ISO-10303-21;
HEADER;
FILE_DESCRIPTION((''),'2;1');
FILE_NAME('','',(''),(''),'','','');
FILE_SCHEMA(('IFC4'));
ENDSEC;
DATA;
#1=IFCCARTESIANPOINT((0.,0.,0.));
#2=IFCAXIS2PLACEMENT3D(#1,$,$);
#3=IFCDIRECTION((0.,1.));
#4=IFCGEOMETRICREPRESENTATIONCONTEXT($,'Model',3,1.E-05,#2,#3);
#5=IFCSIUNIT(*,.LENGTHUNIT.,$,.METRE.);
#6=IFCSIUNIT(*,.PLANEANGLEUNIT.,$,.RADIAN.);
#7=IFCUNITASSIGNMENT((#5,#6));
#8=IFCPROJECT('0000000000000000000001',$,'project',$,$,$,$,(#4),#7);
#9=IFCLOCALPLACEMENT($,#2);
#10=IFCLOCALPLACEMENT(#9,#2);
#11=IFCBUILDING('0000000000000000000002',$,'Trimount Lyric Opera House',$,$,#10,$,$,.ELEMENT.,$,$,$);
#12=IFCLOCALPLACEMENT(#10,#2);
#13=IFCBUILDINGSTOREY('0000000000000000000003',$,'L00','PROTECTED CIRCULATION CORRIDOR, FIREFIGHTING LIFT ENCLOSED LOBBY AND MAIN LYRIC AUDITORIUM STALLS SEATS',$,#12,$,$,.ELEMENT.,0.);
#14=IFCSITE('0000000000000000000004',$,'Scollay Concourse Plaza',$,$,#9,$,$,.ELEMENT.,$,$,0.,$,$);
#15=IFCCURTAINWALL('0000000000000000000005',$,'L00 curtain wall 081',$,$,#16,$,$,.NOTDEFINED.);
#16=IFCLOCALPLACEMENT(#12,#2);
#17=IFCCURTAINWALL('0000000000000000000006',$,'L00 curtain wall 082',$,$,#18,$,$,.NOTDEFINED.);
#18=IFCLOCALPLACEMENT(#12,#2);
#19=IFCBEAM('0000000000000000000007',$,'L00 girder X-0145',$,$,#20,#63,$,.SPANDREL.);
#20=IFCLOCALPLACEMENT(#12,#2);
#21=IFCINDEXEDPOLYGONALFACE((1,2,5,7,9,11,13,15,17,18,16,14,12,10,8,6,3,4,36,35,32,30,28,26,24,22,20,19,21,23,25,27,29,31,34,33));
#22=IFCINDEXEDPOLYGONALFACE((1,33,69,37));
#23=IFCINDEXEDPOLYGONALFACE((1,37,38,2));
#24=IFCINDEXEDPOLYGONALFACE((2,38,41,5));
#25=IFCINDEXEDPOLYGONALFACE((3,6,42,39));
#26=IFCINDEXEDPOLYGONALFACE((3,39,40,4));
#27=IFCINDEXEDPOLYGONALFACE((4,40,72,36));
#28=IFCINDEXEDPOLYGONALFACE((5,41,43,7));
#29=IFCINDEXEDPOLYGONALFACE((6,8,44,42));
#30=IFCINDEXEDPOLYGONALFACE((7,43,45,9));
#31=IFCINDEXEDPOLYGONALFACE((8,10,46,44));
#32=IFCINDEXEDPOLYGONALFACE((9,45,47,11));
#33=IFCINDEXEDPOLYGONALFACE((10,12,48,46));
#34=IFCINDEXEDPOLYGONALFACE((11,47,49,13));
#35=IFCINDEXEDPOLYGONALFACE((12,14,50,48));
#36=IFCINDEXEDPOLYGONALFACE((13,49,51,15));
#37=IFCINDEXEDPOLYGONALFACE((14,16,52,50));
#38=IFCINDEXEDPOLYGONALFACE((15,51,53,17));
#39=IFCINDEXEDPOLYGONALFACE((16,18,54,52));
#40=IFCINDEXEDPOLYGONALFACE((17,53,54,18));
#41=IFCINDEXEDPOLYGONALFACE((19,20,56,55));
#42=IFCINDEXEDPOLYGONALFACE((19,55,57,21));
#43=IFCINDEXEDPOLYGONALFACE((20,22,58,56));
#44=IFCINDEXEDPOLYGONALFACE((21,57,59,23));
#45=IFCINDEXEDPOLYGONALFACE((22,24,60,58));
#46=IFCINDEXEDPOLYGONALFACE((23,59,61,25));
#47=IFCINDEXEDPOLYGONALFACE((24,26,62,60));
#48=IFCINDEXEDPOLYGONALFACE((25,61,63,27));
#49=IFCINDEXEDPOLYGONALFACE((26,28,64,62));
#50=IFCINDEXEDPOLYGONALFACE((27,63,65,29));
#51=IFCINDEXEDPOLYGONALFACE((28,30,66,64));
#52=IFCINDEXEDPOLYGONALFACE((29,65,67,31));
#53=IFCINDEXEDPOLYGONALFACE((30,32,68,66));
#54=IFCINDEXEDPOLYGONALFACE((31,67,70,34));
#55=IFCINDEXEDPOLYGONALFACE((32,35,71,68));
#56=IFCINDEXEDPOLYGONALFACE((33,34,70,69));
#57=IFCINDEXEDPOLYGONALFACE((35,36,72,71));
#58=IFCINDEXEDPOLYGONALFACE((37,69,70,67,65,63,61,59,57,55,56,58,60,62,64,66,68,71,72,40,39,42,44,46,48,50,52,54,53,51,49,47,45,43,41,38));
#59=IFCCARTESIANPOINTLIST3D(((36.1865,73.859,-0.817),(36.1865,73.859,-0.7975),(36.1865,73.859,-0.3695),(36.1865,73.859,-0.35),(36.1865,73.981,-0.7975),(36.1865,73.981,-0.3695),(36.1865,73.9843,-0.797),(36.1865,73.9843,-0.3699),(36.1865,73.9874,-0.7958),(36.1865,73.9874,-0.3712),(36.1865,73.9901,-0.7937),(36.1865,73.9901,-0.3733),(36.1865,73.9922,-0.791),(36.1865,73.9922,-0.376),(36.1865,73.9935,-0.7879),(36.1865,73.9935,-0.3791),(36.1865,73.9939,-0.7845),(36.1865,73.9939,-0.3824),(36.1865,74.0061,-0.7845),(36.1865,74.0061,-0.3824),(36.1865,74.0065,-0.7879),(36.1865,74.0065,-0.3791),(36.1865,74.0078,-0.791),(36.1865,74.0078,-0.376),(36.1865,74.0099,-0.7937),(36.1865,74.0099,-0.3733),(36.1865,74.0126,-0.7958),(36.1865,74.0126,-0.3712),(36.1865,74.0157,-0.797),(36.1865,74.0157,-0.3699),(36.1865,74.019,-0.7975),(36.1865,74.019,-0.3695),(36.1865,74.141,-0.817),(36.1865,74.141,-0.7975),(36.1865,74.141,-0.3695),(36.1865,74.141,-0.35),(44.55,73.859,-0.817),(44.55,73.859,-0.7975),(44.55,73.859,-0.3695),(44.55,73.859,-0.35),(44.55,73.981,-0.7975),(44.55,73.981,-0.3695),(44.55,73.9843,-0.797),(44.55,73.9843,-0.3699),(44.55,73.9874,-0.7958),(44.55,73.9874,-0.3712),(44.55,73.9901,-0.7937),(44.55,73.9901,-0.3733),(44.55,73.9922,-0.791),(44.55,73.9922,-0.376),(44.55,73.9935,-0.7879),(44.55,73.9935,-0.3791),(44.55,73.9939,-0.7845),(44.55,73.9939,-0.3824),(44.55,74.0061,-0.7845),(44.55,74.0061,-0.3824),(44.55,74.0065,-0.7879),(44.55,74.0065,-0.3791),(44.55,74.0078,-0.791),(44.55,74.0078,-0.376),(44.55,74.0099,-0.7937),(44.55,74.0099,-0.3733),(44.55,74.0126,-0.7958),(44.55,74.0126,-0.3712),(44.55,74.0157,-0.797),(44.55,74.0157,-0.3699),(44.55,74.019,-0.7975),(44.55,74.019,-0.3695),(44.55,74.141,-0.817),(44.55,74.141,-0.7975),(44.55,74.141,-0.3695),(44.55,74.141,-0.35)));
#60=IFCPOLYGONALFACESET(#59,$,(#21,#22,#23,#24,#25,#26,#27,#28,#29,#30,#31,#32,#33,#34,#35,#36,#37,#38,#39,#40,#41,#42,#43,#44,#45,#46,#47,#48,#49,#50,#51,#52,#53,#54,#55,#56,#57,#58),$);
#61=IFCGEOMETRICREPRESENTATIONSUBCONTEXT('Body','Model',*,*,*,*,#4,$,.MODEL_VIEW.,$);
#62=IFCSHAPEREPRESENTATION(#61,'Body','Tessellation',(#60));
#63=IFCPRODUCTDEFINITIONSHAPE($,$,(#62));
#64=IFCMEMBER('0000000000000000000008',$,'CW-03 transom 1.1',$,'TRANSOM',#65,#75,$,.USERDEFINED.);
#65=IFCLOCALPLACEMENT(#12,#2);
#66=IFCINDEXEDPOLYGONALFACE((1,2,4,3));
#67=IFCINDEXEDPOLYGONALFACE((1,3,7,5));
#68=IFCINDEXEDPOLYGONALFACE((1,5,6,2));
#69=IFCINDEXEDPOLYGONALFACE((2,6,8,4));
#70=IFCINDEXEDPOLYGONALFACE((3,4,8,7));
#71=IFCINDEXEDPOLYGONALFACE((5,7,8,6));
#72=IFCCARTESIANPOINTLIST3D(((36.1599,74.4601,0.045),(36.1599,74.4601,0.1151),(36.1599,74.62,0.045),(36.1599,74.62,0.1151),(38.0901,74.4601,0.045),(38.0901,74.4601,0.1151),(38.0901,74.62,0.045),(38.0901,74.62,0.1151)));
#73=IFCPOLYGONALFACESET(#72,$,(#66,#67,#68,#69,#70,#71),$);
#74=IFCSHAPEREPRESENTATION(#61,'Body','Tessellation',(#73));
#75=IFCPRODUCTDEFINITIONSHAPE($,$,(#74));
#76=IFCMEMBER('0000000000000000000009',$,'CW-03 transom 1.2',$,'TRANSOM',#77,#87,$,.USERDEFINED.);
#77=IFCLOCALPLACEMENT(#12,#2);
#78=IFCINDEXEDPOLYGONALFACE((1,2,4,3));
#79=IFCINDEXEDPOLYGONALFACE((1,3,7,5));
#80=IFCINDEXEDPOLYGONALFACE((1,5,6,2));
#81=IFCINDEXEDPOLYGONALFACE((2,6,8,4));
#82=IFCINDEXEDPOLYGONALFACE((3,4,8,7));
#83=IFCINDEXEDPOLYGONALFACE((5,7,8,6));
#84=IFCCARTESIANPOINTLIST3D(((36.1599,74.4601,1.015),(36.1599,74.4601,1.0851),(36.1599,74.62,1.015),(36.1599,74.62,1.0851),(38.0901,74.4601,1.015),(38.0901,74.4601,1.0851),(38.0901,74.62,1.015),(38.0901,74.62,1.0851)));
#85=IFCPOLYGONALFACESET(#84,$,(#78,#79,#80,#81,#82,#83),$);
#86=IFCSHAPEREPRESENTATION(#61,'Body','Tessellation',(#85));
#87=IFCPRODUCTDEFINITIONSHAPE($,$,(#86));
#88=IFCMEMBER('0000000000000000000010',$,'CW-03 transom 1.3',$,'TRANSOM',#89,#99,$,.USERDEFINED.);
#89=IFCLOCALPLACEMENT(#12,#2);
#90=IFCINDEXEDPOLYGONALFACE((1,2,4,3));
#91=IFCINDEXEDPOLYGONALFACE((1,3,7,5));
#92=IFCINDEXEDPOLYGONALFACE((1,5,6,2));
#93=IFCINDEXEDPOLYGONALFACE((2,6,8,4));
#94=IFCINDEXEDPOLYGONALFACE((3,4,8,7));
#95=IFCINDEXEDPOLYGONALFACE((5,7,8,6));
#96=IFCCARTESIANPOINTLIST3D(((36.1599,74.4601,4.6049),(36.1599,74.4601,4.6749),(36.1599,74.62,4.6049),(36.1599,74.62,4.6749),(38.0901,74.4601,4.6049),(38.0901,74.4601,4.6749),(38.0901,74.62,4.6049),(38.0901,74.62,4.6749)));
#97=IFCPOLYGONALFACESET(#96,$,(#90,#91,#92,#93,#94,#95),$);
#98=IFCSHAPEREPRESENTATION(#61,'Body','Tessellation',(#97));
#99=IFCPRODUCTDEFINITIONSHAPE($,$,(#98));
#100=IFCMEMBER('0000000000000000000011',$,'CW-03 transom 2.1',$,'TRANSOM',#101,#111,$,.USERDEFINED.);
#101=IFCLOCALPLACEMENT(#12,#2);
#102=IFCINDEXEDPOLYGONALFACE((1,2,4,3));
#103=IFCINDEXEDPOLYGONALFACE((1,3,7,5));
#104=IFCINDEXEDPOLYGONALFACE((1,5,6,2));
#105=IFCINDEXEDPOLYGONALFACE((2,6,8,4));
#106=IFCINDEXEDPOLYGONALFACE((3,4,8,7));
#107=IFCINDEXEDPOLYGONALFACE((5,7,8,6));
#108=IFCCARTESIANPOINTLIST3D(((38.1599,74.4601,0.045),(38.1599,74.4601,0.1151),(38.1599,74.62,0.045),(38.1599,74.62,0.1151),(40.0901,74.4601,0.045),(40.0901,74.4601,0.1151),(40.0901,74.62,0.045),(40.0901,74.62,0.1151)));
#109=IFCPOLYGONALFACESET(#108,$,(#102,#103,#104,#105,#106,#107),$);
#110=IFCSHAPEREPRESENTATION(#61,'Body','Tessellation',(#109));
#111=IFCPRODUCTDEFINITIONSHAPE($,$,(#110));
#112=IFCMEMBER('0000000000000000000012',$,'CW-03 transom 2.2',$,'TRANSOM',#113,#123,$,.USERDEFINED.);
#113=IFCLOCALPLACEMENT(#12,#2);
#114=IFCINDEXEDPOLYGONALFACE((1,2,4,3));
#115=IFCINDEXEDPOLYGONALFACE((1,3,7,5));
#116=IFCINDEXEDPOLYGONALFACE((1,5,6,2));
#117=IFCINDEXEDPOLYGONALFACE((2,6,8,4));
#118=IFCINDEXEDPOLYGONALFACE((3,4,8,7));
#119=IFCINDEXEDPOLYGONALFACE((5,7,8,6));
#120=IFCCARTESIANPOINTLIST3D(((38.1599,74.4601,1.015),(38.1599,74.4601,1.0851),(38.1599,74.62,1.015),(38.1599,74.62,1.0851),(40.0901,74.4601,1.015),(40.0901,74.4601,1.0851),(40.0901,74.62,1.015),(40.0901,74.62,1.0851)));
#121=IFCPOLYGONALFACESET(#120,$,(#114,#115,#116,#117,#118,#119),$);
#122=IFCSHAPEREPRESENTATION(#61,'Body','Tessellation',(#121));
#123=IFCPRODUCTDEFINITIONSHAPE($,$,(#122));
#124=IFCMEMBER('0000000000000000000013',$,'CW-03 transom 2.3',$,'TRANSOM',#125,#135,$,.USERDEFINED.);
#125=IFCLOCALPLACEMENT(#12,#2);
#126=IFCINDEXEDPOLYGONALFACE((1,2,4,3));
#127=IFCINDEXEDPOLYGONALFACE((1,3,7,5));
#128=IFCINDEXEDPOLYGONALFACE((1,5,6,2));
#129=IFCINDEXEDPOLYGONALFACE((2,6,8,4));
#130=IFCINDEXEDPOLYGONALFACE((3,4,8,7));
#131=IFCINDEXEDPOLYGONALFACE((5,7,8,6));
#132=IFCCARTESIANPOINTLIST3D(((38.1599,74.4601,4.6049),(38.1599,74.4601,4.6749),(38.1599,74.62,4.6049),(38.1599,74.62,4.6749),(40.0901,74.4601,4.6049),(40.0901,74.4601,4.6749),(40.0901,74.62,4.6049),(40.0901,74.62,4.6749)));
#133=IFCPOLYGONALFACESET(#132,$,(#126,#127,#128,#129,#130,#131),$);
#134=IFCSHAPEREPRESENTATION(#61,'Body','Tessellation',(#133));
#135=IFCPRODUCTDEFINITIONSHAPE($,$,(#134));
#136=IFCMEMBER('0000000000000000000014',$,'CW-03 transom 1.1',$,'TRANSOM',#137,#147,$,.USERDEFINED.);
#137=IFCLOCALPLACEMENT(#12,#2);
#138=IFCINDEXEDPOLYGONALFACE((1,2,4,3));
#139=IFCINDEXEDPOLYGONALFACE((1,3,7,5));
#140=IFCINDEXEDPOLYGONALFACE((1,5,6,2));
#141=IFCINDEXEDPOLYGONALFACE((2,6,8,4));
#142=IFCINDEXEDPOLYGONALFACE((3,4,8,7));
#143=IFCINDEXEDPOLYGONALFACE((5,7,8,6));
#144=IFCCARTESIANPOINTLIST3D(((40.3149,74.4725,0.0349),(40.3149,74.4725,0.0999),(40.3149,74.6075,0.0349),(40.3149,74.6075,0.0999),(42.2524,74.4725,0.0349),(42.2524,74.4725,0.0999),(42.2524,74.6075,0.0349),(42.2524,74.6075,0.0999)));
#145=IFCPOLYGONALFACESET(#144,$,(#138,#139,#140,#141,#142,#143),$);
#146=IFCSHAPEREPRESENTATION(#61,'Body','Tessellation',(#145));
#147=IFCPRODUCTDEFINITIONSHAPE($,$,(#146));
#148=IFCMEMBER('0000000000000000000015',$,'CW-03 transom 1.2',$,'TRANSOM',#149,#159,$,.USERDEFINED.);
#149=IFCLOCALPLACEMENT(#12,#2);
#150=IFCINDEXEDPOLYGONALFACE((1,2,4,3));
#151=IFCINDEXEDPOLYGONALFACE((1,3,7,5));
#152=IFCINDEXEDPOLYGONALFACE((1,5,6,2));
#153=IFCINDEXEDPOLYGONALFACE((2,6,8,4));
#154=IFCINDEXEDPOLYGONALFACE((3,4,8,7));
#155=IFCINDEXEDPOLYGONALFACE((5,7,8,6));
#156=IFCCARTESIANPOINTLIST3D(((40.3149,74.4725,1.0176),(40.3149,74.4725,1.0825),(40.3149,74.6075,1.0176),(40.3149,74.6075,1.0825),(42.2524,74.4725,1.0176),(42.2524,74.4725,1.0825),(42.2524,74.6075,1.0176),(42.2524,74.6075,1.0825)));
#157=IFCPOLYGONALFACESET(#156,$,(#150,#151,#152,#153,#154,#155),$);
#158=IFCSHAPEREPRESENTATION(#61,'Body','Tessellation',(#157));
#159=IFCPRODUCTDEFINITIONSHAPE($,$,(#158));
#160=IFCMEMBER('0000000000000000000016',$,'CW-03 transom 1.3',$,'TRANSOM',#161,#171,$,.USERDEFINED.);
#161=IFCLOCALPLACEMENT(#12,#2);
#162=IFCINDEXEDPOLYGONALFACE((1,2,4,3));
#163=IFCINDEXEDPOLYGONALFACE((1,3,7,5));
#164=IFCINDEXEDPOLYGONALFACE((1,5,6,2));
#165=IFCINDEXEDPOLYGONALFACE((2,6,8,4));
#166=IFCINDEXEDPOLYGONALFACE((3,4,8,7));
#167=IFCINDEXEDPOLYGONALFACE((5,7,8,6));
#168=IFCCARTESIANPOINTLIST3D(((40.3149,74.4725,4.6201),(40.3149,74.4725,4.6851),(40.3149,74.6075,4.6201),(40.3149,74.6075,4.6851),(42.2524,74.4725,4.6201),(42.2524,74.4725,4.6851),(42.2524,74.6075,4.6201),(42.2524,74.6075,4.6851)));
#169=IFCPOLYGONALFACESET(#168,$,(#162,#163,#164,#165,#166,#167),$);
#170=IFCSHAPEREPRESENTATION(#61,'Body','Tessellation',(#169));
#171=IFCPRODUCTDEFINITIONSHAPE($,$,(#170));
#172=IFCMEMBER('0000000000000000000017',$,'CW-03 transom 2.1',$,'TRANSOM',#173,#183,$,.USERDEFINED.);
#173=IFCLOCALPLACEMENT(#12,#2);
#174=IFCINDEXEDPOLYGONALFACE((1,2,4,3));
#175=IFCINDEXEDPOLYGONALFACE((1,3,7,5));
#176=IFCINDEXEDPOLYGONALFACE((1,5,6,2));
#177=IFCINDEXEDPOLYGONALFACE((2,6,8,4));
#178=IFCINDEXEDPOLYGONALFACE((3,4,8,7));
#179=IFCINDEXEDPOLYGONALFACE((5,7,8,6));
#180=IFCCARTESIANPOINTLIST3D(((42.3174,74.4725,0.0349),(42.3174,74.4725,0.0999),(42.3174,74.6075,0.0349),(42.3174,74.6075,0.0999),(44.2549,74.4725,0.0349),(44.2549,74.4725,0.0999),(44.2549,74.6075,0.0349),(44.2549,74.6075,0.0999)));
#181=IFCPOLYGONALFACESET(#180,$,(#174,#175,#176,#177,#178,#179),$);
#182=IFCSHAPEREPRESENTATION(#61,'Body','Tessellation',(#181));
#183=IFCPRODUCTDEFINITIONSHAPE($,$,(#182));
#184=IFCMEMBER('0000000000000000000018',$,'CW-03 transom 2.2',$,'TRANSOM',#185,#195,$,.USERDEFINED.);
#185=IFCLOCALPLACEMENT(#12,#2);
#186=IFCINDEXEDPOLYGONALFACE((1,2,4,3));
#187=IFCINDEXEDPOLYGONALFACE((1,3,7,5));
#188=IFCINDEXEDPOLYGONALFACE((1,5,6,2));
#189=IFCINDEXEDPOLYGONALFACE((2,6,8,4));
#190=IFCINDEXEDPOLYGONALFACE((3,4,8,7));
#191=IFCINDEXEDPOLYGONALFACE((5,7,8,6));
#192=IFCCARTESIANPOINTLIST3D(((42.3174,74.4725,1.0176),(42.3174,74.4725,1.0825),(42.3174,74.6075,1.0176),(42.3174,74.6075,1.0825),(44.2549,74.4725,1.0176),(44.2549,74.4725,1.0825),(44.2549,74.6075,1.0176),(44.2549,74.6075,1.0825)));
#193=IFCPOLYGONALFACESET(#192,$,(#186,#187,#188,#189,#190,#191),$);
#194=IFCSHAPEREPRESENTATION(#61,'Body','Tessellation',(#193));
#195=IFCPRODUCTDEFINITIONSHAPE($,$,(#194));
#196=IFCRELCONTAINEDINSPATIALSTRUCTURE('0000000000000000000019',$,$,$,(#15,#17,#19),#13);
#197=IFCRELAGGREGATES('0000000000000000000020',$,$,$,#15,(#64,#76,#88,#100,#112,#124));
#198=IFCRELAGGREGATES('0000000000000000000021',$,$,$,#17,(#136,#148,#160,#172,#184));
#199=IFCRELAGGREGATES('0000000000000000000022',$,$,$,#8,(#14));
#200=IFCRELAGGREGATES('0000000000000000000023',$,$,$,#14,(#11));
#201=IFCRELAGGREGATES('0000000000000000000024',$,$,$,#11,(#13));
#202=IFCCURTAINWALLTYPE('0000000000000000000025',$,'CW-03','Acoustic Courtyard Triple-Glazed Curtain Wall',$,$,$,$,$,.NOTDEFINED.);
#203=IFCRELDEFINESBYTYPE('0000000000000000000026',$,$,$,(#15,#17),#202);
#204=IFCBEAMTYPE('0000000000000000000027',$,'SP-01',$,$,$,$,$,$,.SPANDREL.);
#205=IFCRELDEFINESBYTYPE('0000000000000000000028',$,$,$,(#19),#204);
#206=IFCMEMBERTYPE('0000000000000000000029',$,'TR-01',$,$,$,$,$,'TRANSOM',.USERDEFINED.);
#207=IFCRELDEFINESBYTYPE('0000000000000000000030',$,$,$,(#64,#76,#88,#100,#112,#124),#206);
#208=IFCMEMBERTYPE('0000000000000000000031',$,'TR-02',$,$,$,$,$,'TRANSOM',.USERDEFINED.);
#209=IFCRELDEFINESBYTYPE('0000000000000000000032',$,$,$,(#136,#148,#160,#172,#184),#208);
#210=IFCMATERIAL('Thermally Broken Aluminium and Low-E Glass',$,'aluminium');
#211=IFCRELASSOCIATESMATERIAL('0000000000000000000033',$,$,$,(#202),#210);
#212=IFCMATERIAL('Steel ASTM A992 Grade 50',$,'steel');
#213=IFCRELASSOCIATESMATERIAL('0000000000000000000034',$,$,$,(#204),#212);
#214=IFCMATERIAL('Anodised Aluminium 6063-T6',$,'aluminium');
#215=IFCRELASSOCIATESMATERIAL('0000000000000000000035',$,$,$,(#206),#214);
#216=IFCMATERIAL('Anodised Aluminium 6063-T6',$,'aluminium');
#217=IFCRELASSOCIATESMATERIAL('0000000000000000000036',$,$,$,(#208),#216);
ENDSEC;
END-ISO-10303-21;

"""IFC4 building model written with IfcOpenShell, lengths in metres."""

from ifc_helpers import new_model, si_unit, direction, frame, origin, origin_2d, place, context, subcontext, project, spatial, rectangle, i_section, extrude, material, material_profile, profile_set, type_object, element, aggregate, save


model = new_model("IFC4")

# Units and contexts
model_context = context("Model", 3, precision=1e-05, world=origin(), true_north=direction((0.0, 1.0)))
body_context = subcontext(model_context, "Body", "Model", "MODEL_VIEW")
ifc_project = project(units=[si_unit("LENGTHUNIT", "METRE"), si_unit("PLANEANGLEUNIT", "RADIAN")], contexts=[model_context])

# Site, building, storey
site_placement = place(None, origin())
site = spatial("IfcSite", under=ifc_project, at=site_placement, Name="Scollay Concourse Plaza", CompositionType="ELEMENT", RefElevation=0.0)
building_placement = place(site_placement, origin())
building = spatial("IfcBuilding", under=site, at=building_placement, Name="Trimount Lyric Opera House", CompositionType="ELEMENT")
storey_placement = place(building_placement, origin())
storey = spatial("IfcBuildingStorey", under=building, at=storey_placement, Name="L00", Description="PROTECTED CIRCULATION CORRIDOR, FIREFIGHTING LIFT ENCLOSED LOBBY AND MAIN LYRIC AUDITORIUM STALLS SEATS", CompositionType="ELEMENT", Elevation=0.0)

# Curtain walls
ifc_material_1 = material(Name="Thermally Broken Aluminium and Low-E Glass", Category="aluminium")
curtain_wall_type = type_object("IfcCurtainWallType", Name="CW-03", Description="Acoustic Courtyard Triple-Glazed Curtain Wall", PredefinedType="NOTDEFINED", material=ifc_material_1)
curtain_wall_1_placement = place(storey_placement, origin())
curtain_wall_1 = element("IfcCurtainWall", 1, at=curtain_wall_1_placement, inside=storey, type_object=curtain_wall_type, Name="L00 curtain wall 081", PredefinedType="NOTDEFINED")
curtain_wall_2_placement = place(storey_placement, origin())
curtain_wall_2 = element("IfcCurtainWall", 2, at=curtain_wall_2_placement, inside=storey, type_object=curtain_wall_type, Name="L00 curtain wall 082", PredefinedType="NOTDEFINED")

# Beam
ifc_material_2 = material(Name="Steel ASTM A992 Grade 50", Category="steel")
ifc_material_profile_1 = material_profile(ifc_material_2, i_section(OverallWidth=0.282, OverallDepth=0.467, WebThickness=0.0122, FlangeThickness=0.0195, FilletRadius=0.0129, at=origin_2d()), Name="W18X86")
ifc_profile_set_1 = profile_set([ifc_material_profile_1], Name="Steel ASTM A992 Grade 50")
beam_type = type_object("IfcBeamType", Name="SP-01", PredefinedType="SPANDREL", material=ifc_profile_set_1)
beam_placement = place(storey_placement, frame((36.1865, 74.0, -0.5835), z_axis=(1.0, 0.0, 0.0), x_axis=(0.0, 1.0, 0.0)))
element("IfcBeam", 3, at=beam_placement, inside=storey, type_object=beam_type, Name="L00 girder X-0145", PredefinedType="SPANDREL", context=body_context, shape_type="SweptSolid", body=[
    extrude(i_section(OverallWidth=0.282, OverallDepth=0.467, WebThickness=0.0122, FlangeThickness=0.0195, FilletRadius=0.0129, at=origin_2d()), origin(), (0.0, 0.0, 1.0), 8.3635),
])

# Members
ifc_material_3 = material(Name="Anodised Aluminium 6063-T6", Category="aluminium")
ifc_material_profile_2 = material_profile(ifc_material_3, rectangle(XDim=0.1599, YDim=0.0701, at=origin_2d()), Name="ALU-TRAN-70X160")
ifc_profile_set_2 = profile_set([ifc_material_profile_2], Name="Anodised Aluminium 6063-T6")
member_type_1 = type_object("IfcMemberType", Name="TR-01", ElementType="TRANSOM", PredefinedType="USERDEFINED", material=ifc_profile_set_2)
member_1_placement = place(storey_placement, frame((36.1599, 74.54, 0.0801), z_axis=(1.0, 0.0, 0.0), x_axis=(0.0, 1.0, 0.0)))
member_1 = element("IfcMember", 4, at=member_1_placement, type_object=member_type_1, Name="CW-03 transom 1.1", ObjectType="TRANSOM", PredefinedType="USERDEFINED", context=body_context, shape_type="SweptSolid", body=[
    extrude(rectangle(XDim=0.1599, YDim=0.0701, at=origin_2d()), origin(), (0.0, 0.0, 1.0), 1.9302),
])
member_2_placement = place(storey_placement, frame((36.1599, 74.54, 1.05), z_axis=(1.0, 0.0, 0.0), x_axis=(0.0, 1.0, 0.0)))
member_2 = element("IfcMember", 5, at=member_2_placement, type_object=member_type_1, Name="CW-03 transom 1.2", ObjectType="TRANSOM", PredefinedType="USERDEFINED", context=body_context, shape_type="SweptSolid", body=[
    extrude(rectangle(XDim=0.1599, YDim=0.0701, at=origin_2d()), origin(), (0.0, 0.0, 1.0), 1.9302),
])
member_3_placement = place(storey_placement, frame((36.1599, 74.54, 4.6399), z_axis=(1.0, 0.0, 0.0), x_axis=(0.0, 1.0, 0.0)))
member_3 = element("IfcMember", 6, at=member_3_placement, type_object=member_type_1, Name="CW-03 transom 1.3", ObjectType="TRANSOM", PredefinedType="USERDEFINED", context=body_context, shape_type="SweptSolid", body=[
    extrude(rectangle(XDim=0.1599, YDim=0.0701, at=origin_2d()), origin(), (0.0, 0.0, 1.0), 1.9302),
])
member_4_placement = place(storey_placement, frame((38.1599, 74.54, 0.0801), z_axis=(1.0, 0.0, 0.0), x_axis=(0.0, 1.0, 0.0)))
member_4 = element("IfcMember", 7, at=member_4_placement, type_object=member_type_1, Name="CW-03 transom 2.1", ObjectType="TRANSOM", PredefinedType="USERDEFINED", context=body_context, shape_type="SweptSolid", body=[
    extrude(rectangle(XDim=0.1599, YDim=0.0701, at=origin_2d()), origin(), (0.0, 0.0, 1.0), 1.9302),
])
member_5_placement = place(storey_placement, frame((38.1599, 74.54, 1.05), z_axis=(1.0, 0.0, 0.0), x_axis=(0.0, 1.0, 0.0)))
member_5 = element("IfcMember", 8, at=member_5_placement, type_object=member_type_1, Name="CW-03 transom 2.2", ObjectType="TRANSOM", PredefinedType="USERDEFINED", context=body_context, shape_type="SweptSolid", body=[
    extrude(rectangle(XDim=0.1599, YDim=0.0701, at=origin_2d()), origin(), (0.0, 0.0, 1.0), 1.9302),
])
member_6_placement = place(storey_placement, frame((38.1599, 74.54, 4.6399), z_axis=(1.0, 0.0, 0.0), x_axis=(0.0, 1.0, 0.0)))
member_6 = element("IfcMember", 9, at=member_6_placement, type_object=member_type_1, Name="CW-03 transom 2.3", ObjectType="TRANSOM", PredefinedType="USERDEFINED", context=body_context, shape_type="SweptSolid", body=[
    extrude(rectangle(XDim=0.1599, YDim=0.0701, at=origin_2d()), origin(), (0.0, 0.0, 1.0), 1.9302),
])
ifc_material_4 = material(Name="Anodised Aluminium 6063-T6", Category="aluminium")
ifc_material_profile_3 = material_profile(ifc_material_4, rectangle(XDim=0.135, YDim=0.0649, at=origin_2d()), Name="ALU-TRAN-65X135")
ifc_profile_set_3 = profile_set([ifc_material_profile_3], Name="Anodised Aluminium 6063-T6")
member_type_2 = type_object("IfcMemberType", Name="TR-02", ElementType="TRANSOM", PredefinedType="USERDEFINED", material=ifc_profile_set_3)
member_7_placement = place(storey_placement, frame((40.3149, 74.54, 0.0674), z_axis=(1.0, 0.0, 0.0), x_axis=(0.0, 1.0, 0.0)))
member_7 = element("IfcMember", 10, at=member_7_placement, type_object=member_type_2, Name="CW-03 transom 1.1", ObjectType="TRANSOM", PredefinedType="USERDEFINED", context=body_context, shape_type="SweptSolid", body=[
    extrude(rectangle(XDim=0.135, YDim=0.0649, at=origin_2d()), origin(), (0.0, 0.0, 1.0), 1.9375),
])
member_8_placement = place(storey_placement, frame((40.3149, 74.54, 1.05), z_axis=(1.0, 0.0, 0.0), x_axis=(0.0, 1.0, 0.0)))
member_8 = element("IfcMember", 11, at=member_8_placement, type_object=member_type_2, Name="CW-03 transom 1.2", ObjectType="TRANSOM", PredefinedType="USERDEFINED", context=body_context, shape_type="SweptSolid", body=[
    extrude(rectangle(XDim=0.135, YDim=0.0649, at=origin_2d()), origin(), (0.0, 0.0, 1.0), 1.9375),
])
member_9_placement = place(storey_placement, frame((40.3149, 74.54, 4.6526), z_axis=(1.0, 0.0, 0.0), x_axis=(0.0, 1.0, 0.0)))
member_9 = element("IfcMember", 12, at=member_9_placement, type_object=member_type_2, Name="CW-03 transom 1.3", ObjectType="TRANSOM", PredefinedType="USERDEFINED", context=body_context, shape_type="SweptSolid", body=[
    extrude(rectangle(XDim=0.135, YDim=0.0649, at=origin_2d()), origin(), (0.0, 0.0, 1.0), 1.9375),
])
member_10_placement = place(storey_placement, frame((42.3174, 74.54, 0.0674), z_axis=(1.0, 0.0, 0.0), x_axis=(0.0, 1.0, 0.0)))
member_10 = element("IfcMember", 13, at=member_10_placement, type_object=member_type_2, Name="CW-03 transom 2.1", ObjectType="TRANSOM", PredefinedType="USERDEFINED", context=body_context, shape_type="SweptSolid", body=[
    extrude(rectangle(XDim=0.135, YDim=0.0649, at=origin_2d()), origin(), (0.0, 0.0, 1.0), 1.9375),
])
member_11_placement = place(storey_placement, frame((42.3174, 74.54, 1.05), z_axis=(1.0, 0.0, 0.0), x_axis=(0.0, 1.0, 0.0)))
member_11 = element("IfcMember", 14, at=member_11_placement, type_object=member_type_2, Name="CW-03 transom 2.2", ObjectType="TRANSOM", PredefinedType="USERDEFINED", context=body_context, shape_type="SweptSolid", body=[
    extrude(rectangle(XDim=0.135, YDim=0.0649, at=origin_2d()), origin(), (0.0, 0.0, 1.0), 1.9375),
])

aggregate(curtain_wall_1, [member_1, member_2, member_3, member_4, member_5, member_6])
aggregate(curtain_wall_2, [member_7, member_8, member_9, member_10, member_11])

save(model, "model.ifc")
